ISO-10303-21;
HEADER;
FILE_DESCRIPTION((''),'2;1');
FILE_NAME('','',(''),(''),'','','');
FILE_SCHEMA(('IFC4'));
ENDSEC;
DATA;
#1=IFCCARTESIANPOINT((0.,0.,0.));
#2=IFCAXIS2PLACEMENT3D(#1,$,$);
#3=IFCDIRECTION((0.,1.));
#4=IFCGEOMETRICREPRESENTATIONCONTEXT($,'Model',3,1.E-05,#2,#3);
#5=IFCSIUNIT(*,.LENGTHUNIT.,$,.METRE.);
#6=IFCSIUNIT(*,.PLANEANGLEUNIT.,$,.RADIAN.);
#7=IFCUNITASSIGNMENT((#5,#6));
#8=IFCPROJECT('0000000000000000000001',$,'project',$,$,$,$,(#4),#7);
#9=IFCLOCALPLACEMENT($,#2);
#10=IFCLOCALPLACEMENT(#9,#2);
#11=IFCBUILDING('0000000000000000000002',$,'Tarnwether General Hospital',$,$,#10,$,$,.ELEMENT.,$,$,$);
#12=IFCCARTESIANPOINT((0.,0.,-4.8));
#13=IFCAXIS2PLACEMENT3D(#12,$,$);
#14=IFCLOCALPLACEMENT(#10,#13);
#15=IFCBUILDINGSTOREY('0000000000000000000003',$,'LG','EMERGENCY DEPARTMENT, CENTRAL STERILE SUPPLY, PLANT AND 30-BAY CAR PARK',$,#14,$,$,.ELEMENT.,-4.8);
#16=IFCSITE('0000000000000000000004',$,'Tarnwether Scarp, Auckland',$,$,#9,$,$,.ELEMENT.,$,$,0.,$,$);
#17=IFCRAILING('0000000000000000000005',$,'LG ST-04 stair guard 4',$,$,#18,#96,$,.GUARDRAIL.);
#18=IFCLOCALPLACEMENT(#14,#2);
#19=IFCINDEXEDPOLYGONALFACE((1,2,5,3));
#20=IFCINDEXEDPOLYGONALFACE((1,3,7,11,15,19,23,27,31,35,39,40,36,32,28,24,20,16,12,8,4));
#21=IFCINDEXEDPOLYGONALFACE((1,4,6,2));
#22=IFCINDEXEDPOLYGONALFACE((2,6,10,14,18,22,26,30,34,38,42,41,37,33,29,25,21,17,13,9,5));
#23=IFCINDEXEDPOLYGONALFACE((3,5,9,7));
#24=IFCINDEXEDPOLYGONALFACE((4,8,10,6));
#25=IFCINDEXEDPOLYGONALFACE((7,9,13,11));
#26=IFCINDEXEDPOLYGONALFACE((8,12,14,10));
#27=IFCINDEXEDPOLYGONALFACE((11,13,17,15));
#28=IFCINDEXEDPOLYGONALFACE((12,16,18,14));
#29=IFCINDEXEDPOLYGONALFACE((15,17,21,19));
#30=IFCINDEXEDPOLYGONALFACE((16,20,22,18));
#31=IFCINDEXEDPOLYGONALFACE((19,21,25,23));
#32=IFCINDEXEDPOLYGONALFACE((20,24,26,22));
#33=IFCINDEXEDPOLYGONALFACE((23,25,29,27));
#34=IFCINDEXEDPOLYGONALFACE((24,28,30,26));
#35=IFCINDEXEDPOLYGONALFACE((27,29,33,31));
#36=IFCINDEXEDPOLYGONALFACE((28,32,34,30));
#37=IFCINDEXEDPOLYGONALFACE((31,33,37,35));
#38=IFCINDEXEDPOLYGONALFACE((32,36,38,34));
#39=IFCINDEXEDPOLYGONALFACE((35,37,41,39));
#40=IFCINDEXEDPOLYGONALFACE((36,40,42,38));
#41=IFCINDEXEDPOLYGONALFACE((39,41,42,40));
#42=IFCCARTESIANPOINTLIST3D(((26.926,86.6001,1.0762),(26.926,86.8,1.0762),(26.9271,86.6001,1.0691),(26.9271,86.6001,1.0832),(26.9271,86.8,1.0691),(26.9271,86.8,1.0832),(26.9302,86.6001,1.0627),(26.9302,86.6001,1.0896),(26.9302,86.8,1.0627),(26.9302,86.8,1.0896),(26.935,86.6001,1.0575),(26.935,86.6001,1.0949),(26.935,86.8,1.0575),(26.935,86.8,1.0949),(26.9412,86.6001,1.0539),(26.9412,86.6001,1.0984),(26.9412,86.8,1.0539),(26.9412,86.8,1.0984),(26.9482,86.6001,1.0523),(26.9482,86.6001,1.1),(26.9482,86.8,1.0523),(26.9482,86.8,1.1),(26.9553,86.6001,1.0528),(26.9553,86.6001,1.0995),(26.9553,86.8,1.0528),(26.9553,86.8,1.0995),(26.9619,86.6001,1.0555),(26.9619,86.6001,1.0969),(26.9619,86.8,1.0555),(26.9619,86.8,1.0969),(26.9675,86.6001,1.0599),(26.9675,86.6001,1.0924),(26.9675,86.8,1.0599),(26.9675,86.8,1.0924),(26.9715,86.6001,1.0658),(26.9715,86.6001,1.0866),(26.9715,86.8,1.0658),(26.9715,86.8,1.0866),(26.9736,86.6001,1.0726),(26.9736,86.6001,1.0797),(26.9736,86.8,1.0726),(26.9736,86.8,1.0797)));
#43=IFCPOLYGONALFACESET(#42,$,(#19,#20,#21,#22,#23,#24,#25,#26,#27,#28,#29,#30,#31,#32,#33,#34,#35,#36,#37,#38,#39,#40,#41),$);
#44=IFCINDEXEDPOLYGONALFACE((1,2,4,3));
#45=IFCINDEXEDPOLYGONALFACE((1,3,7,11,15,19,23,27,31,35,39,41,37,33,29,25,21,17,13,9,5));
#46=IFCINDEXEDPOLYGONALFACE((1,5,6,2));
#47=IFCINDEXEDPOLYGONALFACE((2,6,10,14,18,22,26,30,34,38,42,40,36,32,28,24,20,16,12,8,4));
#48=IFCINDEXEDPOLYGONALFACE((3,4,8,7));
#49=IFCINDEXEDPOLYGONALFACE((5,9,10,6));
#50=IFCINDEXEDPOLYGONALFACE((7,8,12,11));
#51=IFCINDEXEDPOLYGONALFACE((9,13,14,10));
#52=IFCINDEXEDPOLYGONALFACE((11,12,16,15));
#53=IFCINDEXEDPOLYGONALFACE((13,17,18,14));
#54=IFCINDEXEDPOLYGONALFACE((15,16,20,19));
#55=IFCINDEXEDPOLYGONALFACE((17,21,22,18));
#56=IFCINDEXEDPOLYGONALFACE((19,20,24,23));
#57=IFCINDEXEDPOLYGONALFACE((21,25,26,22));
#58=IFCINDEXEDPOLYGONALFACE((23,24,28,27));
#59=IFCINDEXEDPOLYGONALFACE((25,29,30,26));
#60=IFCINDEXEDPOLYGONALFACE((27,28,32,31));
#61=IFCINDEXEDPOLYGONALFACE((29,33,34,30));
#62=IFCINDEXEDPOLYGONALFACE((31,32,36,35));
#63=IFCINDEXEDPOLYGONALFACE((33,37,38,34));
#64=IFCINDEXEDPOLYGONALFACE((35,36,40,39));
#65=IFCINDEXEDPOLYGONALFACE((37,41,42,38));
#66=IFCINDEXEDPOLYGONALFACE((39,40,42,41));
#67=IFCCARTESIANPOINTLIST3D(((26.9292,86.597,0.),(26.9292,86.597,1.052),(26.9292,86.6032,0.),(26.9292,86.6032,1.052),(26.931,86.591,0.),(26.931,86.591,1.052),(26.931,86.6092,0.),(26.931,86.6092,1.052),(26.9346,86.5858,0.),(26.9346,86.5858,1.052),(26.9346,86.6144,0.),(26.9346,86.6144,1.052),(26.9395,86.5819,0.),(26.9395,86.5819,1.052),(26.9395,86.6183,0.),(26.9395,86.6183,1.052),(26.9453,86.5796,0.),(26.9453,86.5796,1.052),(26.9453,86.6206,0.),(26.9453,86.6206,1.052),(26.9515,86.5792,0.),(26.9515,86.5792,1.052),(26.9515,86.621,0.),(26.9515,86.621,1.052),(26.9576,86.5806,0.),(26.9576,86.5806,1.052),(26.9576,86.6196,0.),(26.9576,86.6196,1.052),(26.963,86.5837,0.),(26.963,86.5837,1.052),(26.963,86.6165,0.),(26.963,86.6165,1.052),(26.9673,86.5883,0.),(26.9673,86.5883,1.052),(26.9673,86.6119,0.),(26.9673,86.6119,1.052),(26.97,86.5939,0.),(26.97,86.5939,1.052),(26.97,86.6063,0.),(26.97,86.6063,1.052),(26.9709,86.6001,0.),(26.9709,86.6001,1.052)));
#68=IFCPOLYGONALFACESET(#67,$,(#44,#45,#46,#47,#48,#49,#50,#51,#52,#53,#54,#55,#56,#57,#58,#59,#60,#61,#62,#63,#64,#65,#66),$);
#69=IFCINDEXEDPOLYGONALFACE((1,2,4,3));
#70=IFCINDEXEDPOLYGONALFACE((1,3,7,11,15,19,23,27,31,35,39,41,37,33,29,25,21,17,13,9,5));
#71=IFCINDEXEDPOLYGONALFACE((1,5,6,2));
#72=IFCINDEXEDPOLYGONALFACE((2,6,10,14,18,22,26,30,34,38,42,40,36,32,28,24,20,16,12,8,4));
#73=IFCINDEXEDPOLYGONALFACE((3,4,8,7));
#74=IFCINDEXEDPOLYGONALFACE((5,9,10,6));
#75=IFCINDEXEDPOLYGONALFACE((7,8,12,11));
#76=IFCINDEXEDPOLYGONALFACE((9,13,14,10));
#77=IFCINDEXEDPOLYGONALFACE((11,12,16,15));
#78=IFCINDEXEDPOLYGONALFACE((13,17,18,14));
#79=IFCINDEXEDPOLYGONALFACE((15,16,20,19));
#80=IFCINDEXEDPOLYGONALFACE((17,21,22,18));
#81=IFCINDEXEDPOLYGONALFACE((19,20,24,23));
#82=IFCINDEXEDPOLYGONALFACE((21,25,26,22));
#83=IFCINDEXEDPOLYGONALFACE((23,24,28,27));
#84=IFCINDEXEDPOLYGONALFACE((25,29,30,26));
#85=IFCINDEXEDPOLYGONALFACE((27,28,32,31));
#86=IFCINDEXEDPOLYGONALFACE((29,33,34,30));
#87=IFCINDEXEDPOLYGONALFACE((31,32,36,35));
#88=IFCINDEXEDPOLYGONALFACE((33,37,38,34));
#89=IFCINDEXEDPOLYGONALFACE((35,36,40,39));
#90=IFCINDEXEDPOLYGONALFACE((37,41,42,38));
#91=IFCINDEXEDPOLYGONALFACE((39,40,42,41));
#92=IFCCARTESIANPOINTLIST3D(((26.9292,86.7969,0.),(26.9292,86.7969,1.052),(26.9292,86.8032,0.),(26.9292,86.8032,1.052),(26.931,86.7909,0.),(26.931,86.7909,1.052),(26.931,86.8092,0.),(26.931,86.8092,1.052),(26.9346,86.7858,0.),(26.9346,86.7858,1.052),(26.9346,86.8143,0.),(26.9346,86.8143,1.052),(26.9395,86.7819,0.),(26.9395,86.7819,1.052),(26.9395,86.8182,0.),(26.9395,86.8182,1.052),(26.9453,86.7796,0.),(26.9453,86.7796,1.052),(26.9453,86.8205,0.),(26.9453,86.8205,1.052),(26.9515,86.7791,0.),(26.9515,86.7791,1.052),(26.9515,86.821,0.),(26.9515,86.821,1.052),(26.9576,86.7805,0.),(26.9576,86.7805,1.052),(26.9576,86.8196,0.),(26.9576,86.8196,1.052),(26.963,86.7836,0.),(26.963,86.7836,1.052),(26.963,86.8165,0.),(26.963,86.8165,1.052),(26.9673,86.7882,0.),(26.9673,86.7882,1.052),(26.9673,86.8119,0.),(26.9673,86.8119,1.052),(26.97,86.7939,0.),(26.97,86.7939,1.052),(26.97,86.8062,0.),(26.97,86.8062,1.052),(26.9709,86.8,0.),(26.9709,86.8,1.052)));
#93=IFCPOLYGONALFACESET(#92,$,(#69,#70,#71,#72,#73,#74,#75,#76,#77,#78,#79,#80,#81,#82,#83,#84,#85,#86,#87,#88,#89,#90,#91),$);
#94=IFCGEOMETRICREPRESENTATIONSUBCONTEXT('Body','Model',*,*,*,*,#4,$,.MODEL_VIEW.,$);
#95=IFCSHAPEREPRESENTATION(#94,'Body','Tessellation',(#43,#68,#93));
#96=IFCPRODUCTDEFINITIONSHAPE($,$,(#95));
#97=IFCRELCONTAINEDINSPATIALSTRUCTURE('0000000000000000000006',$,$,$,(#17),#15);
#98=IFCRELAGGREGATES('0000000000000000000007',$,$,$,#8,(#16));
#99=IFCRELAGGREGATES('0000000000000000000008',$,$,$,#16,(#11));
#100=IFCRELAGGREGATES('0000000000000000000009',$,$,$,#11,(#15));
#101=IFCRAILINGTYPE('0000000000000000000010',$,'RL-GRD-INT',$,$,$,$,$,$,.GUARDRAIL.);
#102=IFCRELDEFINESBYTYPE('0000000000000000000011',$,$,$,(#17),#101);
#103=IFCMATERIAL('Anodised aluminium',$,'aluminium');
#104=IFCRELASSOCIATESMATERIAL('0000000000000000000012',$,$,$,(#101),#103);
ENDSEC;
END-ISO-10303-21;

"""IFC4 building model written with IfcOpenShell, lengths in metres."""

from ifc_helpers import new_model, si_unit, direction, frame, origin, origin_2d, place, context, subcontext, project, spatial, circle, extrude, material, type_object, element, save


model = new_model("IFC4")

# Units and contexts
model_context = context("Model", 3, precision=1e-05, world=origin(), true_north=direction((0.0, 1.0)))
body_context = subcontext(model_context, "Body", "Model", "MODEL_VIEW")
ifc_project = project(units=[si_unit("LENGTHUNIT", "METRE"), si_unit("PLANEANGLEUNIT", "RADIAN")], contexts=[model_context])

# Site, building, storey
site_placement = place(None, origin())
site = spatial("IfcSite", under=ifc_project, at=site_placement, Name="Tarnwether Scarp, Auckland", CompositionType="ELEMENT", RefElevation=0.0)
building_placement = place(site_placement, origin())
building = spatial("IfcBuilding", under=site, at=building_placement, Name="Tarnwether General Hospital", CompositionType="ELEMENT")
storey_placement = place(building_placement, frame((0.0, 0.0, -4.8)))
storey = spatial("IfcBuildingStorey", under=building, at=storey_placement, Name="LG", Description="EMERGENCY DEPARTMENT, CENTRAL STERILE SUPPLY, PLANT AND 30-BAY CAR PARK", CompositionType="ELEMENT", Elevation=-4.8)

# Railing
ifc_material_1 = material(Name="Anodised aluminium", Category="aluminium")
railing_type_1 = type_object("IfcRailingType", Name="RL-GRD-INT", PredefinedType="GUARDRAIL", material=ifc_material_1)
railing_1_placement = place(storey_placement, frame((26.95, 86.6001, 0.0)))
element("IfcRailing", 1, at=railing_1_placement, inside=storey, type_object=railing_type_1, Name="LG ST-04 stair guard 4", PredefinedType="GUARDRAIL", context=body_context, shape_type="SweptSolid", body=[
    extrude(circle(Radius=0.0239, at=origin_2d()), frame((0.0, 0.0, 1.0762), z_axis=(0.0, 1.0, 0.0), x_axis=(-1.0, 0.0, 0.0)), (0.0, 0.0, 1.0), 0.2),
    extrude(circle(Radius=0.021, at=origin_2d()), origin(), (0.0, 0.0, 1.0), 1.052),
    extrude(circle(Radius=0.021, at=origin_2d()), frame((0.0, 0.2, 0.0)), (0.0, 0.0, 1.0), 1.052),
])

save(model, "model.ifc")
